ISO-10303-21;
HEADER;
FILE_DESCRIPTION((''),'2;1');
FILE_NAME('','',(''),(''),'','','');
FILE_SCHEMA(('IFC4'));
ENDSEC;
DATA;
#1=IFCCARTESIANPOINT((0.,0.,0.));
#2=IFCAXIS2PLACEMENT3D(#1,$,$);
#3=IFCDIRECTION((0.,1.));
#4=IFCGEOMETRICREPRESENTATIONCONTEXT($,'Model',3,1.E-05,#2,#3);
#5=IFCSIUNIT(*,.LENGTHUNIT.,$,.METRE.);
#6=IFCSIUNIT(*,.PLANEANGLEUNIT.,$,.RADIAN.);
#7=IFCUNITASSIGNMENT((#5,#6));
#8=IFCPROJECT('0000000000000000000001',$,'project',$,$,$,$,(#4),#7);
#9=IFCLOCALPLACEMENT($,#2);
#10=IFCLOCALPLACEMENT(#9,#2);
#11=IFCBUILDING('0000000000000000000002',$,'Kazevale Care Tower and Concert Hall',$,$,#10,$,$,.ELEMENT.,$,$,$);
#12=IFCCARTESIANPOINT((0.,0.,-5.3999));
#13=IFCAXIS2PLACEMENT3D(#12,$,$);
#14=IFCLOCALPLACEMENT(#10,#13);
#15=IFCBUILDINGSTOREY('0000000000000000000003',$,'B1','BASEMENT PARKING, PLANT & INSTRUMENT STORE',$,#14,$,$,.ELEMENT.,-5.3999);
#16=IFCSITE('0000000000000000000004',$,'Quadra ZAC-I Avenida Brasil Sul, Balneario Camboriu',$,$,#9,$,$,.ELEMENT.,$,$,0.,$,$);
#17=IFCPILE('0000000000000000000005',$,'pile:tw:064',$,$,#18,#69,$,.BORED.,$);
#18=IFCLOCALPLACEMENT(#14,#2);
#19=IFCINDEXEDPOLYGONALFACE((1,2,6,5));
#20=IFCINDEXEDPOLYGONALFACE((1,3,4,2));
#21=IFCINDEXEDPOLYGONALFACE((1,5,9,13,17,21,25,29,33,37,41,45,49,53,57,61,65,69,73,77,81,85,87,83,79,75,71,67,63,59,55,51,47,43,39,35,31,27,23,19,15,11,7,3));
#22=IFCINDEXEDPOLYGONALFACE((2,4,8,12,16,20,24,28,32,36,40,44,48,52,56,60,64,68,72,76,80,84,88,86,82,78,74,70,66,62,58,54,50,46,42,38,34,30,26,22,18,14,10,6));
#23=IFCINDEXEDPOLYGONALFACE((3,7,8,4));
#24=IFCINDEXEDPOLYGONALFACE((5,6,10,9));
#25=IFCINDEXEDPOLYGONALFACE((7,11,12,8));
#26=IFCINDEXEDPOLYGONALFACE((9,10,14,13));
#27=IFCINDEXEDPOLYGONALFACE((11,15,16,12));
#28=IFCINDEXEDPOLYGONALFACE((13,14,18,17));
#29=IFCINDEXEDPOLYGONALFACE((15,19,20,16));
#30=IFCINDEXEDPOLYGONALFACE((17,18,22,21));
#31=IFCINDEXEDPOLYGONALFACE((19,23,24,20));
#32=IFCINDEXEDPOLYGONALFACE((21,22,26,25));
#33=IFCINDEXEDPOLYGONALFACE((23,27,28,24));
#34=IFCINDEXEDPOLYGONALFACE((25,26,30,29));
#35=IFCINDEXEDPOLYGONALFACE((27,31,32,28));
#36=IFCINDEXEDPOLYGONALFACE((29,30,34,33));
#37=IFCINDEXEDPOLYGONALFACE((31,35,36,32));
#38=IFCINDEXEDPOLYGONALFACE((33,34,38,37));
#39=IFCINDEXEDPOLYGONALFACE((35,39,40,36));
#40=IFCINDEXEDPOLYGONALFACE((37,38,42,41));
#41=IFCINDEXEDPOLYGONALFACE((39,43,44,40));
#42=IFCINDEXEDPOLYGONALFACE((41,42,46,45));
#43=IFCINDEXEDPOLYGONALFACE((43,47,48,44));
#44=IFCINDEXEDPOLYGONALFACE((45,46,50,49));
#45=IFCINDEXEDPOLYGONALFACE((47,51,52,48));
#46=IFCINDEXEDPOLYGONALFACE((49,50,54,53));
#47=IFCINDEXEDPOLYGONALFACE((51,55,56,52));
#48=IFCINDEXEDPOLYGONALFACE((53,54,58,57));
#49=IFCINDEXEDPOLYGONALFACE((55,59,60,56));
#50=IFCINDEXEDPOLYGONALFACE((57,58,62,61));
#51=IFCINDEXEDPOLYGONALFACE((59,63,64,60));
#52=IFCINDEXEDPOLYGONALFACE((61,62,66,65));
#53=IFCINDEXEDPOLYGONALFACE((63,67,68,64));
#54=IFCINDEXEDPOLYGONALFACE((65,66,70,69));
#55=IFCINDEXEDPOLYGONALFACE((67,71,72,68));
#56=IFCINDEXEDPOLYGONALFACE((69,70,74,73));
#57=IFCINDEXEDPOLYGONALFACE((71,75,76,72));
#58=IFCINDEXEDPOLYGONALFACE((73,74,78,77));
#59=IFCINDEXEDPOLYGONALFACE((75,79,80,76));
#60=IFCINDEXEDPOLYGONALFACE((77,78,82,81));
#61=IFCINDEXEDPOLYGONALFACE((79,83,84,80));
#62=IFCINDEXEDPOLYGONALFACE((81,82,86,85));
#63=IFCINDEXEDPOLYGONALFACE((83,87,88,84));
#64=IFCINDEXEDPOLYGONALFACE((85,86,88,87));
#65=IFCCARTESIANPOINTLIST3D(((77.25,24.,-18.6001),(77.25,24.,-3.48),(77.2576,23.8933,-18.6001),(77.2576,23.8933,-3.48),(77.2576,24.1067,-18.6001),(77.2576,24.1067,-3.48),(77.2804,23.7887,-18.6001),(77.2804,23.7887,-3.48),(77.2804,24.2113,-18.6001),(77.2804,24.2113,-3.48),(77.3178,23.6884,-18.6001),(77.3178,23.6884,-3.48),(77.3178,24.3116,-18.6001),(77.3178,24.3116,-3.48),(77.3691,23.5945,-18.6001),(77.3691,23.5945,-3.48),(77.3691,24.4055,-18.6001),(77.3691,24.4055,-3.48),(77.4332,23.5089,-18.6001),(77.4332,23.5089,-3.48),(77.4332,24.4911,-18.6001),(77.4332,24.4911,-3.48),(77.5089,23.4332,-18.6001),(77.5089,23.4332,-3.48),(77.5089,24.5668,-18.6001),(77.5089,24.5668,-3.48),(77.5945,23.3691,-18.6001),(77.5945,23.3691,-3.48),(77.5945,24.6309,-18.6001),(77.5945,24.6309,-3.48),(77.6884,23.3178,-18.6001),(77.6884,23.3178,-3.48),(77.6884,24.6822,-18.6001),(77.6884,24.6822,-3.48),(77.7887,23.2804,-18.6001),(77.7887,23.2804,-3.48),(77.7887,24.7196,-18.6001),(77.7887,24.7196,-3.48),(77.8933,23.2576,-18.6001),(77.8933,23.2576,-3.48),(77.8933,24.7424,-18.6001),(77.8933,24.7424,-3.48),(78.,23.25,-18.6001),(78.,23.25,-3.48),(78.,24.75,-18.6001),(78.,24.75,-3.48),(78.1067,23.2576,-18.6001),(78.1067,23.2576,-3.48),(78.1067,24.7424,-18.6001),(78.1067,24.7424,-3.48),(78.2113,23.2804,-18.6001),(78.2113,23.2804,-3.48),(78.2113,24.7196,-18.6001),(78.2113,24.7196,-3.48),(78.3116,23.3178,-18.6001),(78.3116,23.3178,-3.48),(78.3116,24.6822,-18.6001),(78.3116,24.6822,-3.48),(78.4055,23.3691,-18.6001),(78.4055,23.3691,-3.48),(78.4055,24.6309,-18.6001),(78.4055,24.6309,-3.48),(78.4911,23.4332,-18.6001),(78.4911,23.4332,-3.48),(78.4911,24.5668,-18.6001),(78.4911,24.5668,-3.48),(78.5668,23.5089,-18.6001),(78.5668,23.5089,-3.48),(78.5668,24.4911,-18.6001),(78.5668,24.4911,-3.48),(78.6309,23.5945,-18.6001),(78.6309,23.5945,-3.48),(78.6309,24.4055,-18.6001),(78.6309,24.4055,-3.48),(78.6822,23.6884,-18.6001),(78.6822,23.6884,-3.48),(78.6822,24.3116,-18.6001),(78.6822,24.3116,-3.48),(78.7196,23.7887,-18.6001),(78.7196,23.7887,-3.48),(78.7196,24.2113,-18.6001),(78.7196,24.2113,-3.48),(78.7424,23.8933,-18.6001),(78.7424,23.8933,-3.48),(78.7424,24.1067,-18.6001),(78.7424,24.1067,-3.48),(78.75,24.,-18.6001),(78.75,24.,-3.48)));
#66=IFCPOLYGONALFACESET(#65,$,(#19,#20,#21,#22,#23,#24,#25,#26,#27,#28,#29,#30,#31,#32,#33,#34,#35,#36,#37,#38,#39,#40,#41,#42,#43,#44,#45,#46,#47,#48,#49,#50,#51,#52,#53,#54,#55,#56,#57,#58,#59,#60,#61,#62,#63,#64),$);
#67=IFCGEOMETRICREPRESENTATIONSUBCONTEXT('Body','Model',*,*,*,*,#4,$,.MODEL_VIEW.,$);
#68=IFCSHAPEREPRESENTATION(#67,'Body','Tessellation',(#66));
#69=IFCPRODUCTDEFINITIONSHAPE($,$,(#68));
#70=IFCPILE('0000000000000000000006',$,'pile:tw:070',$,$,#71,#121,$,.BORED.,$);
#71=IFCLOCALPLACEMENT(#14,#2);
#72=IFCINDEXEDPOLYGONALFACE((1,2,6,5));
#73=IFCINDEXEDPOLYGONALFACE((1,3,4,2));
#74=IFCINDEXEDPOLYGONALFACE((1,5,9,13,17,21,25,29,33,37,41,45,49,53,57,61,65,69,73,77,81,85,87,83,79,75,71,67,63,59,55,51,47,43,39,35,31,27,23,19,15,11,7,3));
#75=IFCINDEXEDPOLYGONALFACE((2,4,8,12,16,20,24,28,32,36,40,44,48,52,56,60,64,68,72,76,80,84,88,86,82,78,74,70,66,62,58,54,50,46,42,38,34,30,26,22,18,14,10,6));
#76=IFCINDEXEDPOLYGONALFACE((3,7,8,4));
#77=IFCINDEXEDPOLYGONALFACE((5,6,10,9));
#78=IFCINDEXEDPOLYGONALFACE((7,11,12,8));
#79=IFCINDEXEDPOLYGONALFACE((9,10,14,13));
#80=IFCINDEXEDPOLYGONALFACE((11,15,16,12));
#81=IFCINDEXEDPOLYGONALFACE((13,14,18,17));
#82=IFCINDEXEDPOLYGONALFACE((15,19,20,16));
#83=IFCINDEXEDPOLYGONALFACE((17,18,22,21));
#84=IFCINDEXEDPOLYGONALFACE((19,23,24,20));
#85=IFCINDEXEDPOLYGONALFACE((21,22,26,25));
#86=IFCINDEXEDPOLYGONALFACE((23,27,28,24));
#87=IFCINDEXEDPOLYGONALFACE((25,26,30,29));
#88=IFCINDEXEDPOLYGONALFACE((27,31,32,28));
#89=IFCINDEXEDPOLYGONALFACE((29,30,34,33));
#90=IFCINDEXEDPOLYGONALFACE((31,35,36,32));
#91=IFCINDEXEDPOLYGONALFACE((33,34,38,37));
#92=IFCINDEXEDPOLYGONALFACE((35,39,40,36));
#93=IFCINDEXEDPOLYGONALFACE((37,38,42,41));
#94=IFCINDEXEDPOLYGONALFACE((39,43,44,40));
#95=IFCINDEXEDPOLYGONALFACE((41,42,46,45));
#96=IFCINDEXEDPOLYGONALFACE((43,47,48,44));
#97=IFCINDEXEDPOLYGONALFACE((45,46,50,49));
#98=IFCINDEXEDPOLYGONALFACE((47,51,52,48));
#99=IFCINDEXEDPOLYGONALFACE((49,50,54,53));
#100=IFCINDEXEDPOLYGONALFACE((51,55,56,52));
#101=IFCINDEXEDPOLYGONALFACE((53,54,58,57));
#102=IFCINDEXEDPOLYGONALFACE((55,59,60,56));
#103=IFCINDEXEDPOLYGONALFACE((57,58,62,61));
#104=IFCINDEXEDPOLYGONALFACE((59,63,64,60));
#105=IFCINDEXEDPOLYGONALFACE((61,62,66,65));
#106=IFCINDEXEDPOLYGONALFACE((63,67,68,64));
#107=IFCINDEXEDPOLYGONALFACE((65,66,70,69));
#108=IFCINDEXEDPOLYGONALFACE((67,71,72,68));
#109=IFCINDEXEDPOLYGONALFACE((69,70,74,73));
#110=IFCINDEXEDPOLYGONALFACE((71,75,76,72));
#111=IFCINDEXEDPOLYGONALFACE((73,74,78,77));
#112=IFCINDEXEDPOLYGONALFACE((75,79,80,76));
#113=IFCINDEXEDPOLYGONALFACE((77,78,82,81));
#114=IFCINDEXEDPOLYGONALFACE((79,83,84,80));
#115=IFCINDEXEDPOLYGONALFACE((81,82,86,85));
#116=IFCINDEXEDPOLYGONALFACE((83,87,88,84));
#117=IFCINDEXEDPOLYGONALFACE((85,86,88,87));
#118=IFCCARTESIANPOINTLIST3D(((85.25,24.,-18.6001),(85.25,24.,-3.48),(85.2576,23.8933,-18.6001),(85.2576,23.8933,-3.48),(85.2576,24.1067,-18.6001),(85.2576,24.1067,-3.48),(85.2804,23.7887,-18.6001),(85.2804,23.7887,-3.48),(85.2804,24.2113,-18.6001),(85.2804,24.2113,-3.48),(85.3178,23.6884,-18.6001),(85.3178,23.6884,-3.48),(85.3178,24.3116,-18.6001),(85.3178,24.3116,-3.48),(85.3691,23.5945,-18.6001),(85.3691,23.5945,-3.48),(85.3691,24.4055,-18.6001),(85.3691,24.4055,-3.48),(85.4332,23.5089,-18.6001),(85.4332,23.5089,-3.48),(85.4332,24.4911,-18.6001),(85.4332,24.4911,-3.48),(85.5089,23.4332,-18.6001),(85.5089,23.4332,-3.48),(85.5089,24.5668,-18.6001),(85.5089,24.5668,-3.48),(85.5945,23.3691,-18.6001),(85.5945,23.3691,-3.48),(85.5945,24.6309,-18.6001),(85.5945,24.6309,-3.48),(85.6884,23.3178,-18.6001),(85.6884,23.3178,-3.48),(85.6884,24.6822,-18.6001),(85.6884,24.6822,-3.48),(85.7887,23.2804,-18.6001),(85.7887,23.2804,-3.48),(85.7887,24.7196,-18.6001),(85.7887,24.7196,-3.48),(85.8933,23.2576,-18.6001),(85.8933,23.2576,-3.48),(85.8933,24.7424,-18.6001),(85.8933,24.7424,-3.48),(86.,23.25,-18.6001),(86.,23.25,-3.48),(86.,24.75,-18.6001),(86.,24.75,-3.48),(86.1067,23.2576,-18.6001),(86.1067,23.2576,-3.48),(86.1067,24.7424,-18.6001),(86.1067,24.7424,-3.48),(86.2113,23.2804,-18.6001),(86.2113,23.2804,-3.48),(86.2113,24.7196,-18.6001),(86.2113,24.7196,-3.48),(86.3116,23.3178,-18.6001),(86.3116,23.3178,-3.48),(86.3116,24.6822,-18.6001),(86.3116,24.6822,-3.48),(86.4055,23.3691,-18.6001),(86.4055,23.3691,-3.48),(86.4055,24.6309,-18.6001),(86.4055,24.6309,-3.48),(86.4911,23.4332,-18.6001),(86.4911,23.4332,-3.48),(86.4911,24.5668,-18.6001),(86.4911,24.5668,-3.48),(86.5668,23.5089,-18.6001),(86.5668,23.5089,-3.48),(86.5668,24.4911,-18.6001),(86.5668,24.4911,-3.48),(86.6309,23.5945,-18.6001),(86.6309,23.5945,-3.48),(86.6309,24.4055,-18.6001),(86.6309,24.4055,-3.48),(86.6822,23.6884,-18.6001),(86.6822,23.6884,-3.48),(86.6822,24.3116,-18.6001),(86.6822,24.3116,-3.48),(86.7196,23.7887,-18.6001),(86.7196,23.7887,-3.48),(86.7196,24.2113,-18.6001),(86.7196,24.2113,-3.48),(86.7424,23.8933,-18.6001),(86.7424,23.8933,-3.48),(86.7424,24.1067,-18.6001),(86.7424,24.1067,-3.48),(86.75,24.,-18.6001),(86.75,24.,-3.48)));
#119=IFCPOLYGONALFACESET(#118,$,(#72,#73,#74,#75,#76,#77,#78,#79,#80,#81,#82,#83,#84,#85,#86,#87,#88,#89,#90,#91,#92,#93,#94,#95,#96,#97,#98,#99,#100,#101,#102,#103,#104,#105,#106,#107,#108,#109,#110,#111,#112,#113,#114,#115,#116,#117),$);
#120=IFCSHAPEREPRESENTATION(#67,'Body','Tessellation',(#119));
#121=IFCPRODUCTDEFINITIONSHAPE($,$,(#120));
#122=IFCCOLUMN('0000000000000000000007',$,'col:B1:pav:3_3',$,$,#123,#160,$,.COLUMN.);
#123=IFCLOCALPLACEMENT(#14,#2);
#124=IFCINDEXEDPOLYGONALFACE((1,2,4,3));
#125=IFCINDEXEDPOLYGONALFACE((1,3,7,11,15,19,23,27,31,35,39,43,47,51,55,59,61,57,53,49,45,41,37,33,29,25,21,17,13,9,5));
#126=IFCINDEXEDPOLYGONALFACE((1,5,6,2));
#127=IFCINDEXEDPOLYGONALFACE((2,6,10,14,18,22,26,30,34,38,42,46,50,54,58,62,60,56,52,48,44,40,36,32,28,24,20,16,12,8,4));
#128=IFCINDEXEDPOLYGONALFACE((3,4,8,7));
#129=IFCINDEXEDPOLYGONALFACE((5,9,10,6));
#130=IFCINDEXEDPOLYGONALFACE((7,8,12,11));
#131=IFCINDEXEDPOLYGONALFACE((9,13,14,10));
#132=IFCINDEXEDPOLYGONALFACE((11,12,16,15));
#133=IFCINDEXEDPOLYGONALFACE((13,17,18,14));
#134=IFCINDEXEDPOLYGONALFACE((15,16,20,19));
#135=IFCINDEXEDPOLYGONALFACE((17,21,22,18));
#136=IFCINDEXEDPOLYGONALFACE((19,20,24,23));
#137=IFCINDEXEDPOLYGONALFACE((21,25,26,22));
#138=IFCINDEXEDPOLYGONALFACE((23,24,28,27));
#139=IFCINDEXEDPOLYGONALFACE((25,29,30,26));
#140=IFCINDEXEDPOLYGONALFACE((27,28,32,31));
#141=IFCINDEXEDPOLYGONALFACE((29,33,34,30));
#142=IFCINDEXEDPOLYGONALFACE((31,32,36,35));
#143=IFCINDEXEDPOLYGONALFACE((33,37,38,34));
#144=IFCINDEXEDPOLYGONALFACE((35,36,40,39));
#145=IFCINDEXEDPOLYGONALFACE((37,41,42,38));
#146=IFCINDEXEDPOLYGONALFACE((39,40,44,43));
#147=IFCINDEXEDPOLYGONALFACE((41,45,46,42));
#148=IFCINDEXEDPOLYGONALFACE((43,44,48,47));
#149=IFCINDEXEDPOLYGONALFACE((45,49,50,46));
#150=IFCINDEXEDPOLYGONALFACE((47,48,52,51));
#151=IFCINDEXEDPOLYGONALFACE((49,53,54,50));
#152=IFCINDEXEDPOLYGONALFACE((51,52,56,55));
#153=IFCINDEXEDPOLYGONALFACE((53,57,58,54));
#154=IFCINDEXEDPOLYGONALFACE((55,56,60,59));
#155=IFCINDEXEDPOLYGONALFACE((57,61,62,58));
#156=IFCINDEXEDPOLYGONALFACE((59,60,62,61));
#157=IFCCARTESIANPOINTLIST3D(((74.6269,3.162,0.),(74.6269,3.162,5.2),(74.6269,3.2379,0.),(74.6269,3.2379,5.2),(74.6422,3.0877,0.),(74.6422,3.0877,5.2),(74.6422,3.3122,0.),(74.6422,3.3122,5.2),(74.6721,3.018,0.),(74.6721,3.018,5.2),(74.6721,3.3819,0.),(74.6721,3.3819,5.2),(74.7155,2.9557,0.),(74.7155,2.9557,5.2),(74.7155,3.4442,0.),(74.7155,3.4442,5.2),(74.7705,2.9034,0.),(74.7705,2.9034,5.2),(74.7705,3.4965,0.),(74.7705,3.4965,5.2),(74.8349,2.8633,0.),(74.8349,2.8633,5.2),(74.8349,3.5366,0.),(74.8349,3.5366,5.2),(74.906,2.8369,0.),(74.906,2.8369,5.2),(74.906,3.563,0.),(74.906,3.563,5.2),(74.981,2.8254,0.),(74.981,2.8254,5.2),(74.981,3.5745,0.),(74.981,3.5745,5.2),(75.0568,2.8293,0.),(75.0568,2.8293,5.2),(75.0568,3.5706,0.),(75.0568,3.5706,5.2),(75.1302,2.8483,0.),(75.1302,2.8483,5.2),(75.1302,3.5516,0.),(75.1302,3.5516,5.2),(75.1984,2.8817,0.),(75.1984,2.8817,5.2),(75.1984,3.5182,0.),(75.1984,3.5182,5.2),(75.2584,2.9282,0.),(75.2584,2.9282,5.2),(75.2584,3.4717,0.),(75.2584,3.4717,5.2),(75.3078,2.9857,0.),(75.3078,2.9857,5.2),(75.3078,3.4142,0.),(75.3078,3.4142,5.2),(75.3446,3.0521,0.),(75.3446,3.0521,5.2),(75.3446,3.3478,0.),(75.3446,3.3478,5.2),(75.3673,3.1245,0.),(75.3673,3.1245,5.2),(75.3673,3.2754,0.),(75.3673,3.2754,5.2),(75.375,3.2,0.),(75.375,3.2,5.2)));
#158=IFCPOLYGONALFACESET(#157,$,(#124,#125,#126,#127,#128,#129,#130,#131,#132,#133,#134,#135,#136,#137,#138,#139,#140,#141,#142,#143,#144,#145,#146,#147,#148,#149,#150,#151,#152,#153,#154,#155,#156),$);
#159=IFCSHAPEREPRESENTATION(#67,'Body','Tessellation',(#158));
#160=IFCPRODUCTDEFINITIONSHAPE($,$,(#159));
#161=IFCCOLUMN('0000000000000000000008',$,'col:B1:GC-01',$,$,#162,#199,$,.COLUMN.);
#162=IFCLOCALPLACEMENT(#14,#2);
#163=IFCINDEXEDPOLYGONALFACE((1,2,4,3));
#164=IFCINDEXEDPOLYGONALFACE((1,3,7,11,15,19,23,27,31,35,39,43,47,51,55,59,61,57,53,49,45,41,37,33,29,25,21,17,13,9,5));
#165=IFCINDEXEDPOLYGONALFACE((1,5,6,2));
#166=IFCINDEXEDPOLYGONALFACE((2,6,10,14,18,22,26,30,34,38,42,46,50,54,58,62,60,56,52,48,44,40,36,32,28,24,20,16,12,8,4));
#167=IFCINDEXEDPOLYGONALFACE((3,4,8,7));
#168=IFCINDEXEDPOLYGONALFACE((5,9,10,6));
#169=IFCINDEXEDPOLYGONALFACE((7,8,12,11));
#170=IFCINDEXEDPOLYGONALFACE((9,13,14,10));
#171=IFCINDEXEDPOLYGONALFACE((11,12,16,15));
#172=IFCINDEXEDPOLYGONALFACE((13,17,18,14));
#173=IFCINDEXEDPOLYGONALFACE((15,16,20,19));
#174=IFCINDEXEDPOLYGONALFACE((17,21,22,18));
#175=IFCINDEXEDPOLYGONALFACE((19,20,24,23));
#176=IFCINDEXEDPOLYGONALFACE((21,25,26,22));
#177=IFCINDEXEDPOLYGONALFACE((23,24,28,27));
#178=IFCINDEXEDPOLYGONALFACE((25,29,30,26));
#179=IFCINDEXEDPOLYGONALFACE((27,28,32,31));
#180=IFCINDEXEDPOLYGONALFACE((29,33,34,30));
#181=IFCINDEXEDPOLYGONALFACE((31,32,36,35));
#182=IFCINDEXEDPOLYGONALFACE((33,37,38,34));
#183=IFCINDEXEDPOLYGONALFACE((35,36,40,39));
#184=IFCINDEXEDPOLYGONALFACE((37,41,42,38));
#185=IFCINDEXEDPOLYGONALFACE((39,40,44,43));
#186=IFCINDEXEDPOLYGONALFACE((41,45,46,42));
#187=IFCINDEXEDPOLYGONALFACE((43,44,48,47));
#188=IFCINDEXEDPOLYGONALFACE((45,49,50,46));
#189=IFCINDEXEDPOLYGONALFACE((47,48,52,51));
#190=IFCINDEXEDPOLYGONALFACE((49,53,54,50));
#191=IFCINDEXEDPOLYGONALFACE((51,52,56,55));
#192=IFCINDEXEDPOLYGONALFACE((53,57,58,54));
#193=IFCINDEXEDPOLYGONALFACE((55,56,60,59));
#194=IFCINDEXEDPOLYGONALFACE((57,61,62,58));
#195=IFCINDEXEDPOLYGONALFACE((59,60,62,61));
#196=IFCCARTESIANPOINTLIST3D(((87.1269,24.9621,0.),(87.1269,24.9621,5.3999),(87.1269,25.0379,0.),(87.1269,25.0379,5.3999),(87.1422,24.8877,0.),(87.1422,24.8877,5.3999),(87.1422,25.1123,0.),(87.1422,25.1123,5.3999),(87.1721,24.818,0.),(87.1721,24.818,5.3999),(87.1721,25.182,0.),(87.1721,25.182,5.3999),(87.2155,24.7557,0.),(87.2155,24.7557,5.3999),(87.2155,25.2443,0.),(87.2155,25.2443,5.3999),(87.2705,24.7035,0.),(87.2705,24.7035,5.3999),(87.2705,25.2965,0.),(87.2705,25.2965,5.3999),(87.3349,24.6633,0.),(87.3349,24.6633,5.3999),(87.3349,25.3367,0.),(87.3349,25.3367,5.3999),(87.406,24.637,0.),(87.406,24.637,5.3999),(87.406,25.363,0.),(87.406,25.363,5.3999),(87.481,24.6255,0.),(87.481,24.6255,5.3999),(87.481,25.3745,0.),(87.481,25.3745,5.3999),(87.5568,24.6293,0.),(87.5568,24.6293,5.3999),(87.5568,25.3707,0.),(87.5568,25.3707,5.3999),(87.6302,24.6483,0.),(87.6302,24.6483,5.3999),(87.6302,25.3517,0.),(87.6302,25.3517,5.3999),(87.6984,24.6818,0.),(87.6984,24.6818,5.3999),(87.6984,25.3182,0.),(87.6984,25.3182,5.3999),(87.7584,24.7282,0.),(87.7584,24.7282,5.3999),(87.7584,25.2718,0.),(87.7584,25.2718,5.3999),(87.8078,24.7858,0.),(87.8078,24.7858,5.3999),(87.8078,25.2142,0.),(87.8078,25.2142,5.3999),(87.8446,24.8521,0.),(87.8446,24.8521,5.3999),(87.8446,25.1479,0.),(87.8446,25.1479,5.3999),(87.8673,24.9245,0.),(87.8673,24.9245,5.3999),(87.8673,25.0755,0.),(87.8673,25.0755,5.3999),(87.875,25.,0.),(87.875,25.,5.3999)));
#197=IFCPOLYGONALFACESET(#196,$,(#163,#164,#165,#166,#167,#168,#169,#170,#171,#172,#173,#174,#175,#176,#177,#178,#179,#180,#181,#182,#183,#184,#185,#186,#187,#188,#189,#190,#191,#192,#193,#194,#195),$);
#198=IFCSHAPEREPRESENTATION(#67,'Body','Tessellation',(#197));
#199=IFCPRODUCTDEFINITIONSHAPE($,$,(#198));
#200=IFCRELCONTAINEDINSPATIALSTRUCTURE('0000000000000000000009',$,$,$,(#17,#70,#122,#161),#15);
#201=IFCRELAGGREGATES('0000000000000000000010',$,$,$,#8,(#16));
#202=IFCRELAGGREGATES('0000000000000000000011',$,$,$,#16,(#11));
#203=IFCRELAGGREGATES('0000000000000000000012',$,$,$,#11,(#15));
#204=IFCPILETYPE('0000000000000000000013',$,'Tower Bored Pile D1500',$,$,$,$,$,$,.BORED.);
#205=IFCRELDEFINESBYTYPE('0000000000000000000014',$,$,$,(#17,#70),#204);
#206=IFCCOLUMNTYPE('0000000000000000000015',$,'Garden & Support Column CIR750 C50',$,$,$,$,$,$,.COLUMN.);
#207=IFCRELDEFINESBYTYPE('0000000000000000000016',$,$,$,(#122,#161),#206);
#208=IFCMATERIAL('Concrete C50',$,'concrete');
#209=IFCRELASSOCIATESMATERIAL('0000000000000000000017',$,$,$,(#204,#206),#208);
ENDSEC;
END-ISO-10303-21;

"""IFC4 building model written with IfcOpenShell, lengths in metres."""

from ifc_helpers import new_model, si_unit, direction, frame, origin, origin_2d, place, context, subcontext, project, spatial, circle, extrude, material, material_profile, profile_set, type_object, element, save


model = new_model("IFC4")

# Units and contexts
model_context = context("Model", 3, precision=1e-05, world=origin(), true_north=direction((0.0, 1.0)))
body_context = subcontext(model_context, "Body", "Model", "MODEL_VIEW")
ifc_project = project(units=[si_unit("LENGTHUNIT", "METRE"), si_unit("PLANEANGLEUNIT", "RADIAN")], contexts=[model_context])

# Site, building, storey
site_placement = place(None, origin())
site = spatial("IfcSite", under=ifc_project, at=site_placement, Name="Quadra ZAC-I Avenida Brasil Sul, Balneario Camboriu", CompositionType="ELEMENT", RefElevation=0.0)
building_placement = place(site_placement, origin())
building = spatial("IfcBuilding", under=site, at=building_placement, Name="Kazevale Care Tower and Concert Hall", CompositionType="ELEMENT")
storey_placement = place(building_placement, frame((0.0, 0.0, -5.3999)))
storey = spatial("IfcBuildingStorey", under=building, at=storey_placement, Name="B1", Description="BASEMENT PARKING, PLANT & INSTRUMENT STORE", CompositionType="ELEMENT", Elevation=-5.3999)

# Shared definitions
ifc_material_1 = material(Name="Concrete C50", Category="concrete")

# Piles
ifc_material_profile_1 = material_profile(ifc_material_1, circle(Radius=0.75, at=origin_2d()), Name="PILE-D1500")
ifc_profile_set_1 = profile_set([ifc_material_profile_1], Name="Concrete C50")
pile_type = type_object("IfcPileType", Name="Tower Bored Pile D1500", PredefinedType="BORED", material=ifc_profile_set_1)
for number, where, z_axis, x_axis, name in (
    (1, (78.0, 24.0, -3.48), (0.0, 0.0, -1.0), (1.0, 0.0, 0.0), "pile:tw:064"),
    (2, (86.0, 24.0, -3.48), (0.0, 0.0, -1.0), (1.0, 0.0, 0.0), "pile:tw:070"),
):
    element("IfcPile", number, at=place(storey_placement, frame(where, z_axis=z_axis, x_axis=x_axis)), inside=storey, type_object=pile_type, Name=name, PredefinedType="BORED", context=body_context, shape_type="SweptSolid", body=[
        extrude(circle(Radius=0.75, at=origin_2d()), origin(), (0.0, 0.0, 1.0), 15.1201),
    ])

# Columns
ifc_material_profile_2 = material_profile(ifc_material_1, circle(Radius=0.375, at=origin_2d()), Name="RC-CIR750")
ifc_profile_set_2 = profile_set([ifc_material_profile_2], Name="Concrete C50")
column_type_1 = type_object("IfcColumnType", Name="Garden & Support Column CIR750 C50", PredefinedType="COLUMN", material=ifc_profile_set_2)
column_1_placement = place(storey_placement, frame((75.0, 3.2, 0.0), z_axis=(0.0, 0.0, 1.0), x_axis=(1.0, 0.0, 0.0)))
element("IfcColumn", 3, at=column_1_placement, inside=storey, type_object=column_type_1, Name="col:B1:pav:3_3", PredefinedType="COLUMN", context=body_context, shape_type="SweptSolid", body=[
    extrude(circle(Radius=0.375, at=origin_2d()), origin(), (0.0, 0.0, 1.0), 5.2),
])
for number, where, z_axis, x_axis, name in (
    (4, (87.5, 25.0, 0.0), (0.0, 0.0, 1.0), (1.0, 0.0, 0.0), "col:B1:GC-01"),
):
    element("IfcColumn", number, at=place(storey_placement, frame(where, z_axis=z_axis, x_axis=x_axis)), inside=storey, type_object=column_type_1, Name=name, PredefinedType="COLUMN", context=body_context, shape_type="SweptSolid", body=[
        extrude(circle(Radius=0.375, at=origin_2d()), origin(), (0.0, 0.0, 1.0), 5.3999),
    ])

save(model, "model.ifc")
